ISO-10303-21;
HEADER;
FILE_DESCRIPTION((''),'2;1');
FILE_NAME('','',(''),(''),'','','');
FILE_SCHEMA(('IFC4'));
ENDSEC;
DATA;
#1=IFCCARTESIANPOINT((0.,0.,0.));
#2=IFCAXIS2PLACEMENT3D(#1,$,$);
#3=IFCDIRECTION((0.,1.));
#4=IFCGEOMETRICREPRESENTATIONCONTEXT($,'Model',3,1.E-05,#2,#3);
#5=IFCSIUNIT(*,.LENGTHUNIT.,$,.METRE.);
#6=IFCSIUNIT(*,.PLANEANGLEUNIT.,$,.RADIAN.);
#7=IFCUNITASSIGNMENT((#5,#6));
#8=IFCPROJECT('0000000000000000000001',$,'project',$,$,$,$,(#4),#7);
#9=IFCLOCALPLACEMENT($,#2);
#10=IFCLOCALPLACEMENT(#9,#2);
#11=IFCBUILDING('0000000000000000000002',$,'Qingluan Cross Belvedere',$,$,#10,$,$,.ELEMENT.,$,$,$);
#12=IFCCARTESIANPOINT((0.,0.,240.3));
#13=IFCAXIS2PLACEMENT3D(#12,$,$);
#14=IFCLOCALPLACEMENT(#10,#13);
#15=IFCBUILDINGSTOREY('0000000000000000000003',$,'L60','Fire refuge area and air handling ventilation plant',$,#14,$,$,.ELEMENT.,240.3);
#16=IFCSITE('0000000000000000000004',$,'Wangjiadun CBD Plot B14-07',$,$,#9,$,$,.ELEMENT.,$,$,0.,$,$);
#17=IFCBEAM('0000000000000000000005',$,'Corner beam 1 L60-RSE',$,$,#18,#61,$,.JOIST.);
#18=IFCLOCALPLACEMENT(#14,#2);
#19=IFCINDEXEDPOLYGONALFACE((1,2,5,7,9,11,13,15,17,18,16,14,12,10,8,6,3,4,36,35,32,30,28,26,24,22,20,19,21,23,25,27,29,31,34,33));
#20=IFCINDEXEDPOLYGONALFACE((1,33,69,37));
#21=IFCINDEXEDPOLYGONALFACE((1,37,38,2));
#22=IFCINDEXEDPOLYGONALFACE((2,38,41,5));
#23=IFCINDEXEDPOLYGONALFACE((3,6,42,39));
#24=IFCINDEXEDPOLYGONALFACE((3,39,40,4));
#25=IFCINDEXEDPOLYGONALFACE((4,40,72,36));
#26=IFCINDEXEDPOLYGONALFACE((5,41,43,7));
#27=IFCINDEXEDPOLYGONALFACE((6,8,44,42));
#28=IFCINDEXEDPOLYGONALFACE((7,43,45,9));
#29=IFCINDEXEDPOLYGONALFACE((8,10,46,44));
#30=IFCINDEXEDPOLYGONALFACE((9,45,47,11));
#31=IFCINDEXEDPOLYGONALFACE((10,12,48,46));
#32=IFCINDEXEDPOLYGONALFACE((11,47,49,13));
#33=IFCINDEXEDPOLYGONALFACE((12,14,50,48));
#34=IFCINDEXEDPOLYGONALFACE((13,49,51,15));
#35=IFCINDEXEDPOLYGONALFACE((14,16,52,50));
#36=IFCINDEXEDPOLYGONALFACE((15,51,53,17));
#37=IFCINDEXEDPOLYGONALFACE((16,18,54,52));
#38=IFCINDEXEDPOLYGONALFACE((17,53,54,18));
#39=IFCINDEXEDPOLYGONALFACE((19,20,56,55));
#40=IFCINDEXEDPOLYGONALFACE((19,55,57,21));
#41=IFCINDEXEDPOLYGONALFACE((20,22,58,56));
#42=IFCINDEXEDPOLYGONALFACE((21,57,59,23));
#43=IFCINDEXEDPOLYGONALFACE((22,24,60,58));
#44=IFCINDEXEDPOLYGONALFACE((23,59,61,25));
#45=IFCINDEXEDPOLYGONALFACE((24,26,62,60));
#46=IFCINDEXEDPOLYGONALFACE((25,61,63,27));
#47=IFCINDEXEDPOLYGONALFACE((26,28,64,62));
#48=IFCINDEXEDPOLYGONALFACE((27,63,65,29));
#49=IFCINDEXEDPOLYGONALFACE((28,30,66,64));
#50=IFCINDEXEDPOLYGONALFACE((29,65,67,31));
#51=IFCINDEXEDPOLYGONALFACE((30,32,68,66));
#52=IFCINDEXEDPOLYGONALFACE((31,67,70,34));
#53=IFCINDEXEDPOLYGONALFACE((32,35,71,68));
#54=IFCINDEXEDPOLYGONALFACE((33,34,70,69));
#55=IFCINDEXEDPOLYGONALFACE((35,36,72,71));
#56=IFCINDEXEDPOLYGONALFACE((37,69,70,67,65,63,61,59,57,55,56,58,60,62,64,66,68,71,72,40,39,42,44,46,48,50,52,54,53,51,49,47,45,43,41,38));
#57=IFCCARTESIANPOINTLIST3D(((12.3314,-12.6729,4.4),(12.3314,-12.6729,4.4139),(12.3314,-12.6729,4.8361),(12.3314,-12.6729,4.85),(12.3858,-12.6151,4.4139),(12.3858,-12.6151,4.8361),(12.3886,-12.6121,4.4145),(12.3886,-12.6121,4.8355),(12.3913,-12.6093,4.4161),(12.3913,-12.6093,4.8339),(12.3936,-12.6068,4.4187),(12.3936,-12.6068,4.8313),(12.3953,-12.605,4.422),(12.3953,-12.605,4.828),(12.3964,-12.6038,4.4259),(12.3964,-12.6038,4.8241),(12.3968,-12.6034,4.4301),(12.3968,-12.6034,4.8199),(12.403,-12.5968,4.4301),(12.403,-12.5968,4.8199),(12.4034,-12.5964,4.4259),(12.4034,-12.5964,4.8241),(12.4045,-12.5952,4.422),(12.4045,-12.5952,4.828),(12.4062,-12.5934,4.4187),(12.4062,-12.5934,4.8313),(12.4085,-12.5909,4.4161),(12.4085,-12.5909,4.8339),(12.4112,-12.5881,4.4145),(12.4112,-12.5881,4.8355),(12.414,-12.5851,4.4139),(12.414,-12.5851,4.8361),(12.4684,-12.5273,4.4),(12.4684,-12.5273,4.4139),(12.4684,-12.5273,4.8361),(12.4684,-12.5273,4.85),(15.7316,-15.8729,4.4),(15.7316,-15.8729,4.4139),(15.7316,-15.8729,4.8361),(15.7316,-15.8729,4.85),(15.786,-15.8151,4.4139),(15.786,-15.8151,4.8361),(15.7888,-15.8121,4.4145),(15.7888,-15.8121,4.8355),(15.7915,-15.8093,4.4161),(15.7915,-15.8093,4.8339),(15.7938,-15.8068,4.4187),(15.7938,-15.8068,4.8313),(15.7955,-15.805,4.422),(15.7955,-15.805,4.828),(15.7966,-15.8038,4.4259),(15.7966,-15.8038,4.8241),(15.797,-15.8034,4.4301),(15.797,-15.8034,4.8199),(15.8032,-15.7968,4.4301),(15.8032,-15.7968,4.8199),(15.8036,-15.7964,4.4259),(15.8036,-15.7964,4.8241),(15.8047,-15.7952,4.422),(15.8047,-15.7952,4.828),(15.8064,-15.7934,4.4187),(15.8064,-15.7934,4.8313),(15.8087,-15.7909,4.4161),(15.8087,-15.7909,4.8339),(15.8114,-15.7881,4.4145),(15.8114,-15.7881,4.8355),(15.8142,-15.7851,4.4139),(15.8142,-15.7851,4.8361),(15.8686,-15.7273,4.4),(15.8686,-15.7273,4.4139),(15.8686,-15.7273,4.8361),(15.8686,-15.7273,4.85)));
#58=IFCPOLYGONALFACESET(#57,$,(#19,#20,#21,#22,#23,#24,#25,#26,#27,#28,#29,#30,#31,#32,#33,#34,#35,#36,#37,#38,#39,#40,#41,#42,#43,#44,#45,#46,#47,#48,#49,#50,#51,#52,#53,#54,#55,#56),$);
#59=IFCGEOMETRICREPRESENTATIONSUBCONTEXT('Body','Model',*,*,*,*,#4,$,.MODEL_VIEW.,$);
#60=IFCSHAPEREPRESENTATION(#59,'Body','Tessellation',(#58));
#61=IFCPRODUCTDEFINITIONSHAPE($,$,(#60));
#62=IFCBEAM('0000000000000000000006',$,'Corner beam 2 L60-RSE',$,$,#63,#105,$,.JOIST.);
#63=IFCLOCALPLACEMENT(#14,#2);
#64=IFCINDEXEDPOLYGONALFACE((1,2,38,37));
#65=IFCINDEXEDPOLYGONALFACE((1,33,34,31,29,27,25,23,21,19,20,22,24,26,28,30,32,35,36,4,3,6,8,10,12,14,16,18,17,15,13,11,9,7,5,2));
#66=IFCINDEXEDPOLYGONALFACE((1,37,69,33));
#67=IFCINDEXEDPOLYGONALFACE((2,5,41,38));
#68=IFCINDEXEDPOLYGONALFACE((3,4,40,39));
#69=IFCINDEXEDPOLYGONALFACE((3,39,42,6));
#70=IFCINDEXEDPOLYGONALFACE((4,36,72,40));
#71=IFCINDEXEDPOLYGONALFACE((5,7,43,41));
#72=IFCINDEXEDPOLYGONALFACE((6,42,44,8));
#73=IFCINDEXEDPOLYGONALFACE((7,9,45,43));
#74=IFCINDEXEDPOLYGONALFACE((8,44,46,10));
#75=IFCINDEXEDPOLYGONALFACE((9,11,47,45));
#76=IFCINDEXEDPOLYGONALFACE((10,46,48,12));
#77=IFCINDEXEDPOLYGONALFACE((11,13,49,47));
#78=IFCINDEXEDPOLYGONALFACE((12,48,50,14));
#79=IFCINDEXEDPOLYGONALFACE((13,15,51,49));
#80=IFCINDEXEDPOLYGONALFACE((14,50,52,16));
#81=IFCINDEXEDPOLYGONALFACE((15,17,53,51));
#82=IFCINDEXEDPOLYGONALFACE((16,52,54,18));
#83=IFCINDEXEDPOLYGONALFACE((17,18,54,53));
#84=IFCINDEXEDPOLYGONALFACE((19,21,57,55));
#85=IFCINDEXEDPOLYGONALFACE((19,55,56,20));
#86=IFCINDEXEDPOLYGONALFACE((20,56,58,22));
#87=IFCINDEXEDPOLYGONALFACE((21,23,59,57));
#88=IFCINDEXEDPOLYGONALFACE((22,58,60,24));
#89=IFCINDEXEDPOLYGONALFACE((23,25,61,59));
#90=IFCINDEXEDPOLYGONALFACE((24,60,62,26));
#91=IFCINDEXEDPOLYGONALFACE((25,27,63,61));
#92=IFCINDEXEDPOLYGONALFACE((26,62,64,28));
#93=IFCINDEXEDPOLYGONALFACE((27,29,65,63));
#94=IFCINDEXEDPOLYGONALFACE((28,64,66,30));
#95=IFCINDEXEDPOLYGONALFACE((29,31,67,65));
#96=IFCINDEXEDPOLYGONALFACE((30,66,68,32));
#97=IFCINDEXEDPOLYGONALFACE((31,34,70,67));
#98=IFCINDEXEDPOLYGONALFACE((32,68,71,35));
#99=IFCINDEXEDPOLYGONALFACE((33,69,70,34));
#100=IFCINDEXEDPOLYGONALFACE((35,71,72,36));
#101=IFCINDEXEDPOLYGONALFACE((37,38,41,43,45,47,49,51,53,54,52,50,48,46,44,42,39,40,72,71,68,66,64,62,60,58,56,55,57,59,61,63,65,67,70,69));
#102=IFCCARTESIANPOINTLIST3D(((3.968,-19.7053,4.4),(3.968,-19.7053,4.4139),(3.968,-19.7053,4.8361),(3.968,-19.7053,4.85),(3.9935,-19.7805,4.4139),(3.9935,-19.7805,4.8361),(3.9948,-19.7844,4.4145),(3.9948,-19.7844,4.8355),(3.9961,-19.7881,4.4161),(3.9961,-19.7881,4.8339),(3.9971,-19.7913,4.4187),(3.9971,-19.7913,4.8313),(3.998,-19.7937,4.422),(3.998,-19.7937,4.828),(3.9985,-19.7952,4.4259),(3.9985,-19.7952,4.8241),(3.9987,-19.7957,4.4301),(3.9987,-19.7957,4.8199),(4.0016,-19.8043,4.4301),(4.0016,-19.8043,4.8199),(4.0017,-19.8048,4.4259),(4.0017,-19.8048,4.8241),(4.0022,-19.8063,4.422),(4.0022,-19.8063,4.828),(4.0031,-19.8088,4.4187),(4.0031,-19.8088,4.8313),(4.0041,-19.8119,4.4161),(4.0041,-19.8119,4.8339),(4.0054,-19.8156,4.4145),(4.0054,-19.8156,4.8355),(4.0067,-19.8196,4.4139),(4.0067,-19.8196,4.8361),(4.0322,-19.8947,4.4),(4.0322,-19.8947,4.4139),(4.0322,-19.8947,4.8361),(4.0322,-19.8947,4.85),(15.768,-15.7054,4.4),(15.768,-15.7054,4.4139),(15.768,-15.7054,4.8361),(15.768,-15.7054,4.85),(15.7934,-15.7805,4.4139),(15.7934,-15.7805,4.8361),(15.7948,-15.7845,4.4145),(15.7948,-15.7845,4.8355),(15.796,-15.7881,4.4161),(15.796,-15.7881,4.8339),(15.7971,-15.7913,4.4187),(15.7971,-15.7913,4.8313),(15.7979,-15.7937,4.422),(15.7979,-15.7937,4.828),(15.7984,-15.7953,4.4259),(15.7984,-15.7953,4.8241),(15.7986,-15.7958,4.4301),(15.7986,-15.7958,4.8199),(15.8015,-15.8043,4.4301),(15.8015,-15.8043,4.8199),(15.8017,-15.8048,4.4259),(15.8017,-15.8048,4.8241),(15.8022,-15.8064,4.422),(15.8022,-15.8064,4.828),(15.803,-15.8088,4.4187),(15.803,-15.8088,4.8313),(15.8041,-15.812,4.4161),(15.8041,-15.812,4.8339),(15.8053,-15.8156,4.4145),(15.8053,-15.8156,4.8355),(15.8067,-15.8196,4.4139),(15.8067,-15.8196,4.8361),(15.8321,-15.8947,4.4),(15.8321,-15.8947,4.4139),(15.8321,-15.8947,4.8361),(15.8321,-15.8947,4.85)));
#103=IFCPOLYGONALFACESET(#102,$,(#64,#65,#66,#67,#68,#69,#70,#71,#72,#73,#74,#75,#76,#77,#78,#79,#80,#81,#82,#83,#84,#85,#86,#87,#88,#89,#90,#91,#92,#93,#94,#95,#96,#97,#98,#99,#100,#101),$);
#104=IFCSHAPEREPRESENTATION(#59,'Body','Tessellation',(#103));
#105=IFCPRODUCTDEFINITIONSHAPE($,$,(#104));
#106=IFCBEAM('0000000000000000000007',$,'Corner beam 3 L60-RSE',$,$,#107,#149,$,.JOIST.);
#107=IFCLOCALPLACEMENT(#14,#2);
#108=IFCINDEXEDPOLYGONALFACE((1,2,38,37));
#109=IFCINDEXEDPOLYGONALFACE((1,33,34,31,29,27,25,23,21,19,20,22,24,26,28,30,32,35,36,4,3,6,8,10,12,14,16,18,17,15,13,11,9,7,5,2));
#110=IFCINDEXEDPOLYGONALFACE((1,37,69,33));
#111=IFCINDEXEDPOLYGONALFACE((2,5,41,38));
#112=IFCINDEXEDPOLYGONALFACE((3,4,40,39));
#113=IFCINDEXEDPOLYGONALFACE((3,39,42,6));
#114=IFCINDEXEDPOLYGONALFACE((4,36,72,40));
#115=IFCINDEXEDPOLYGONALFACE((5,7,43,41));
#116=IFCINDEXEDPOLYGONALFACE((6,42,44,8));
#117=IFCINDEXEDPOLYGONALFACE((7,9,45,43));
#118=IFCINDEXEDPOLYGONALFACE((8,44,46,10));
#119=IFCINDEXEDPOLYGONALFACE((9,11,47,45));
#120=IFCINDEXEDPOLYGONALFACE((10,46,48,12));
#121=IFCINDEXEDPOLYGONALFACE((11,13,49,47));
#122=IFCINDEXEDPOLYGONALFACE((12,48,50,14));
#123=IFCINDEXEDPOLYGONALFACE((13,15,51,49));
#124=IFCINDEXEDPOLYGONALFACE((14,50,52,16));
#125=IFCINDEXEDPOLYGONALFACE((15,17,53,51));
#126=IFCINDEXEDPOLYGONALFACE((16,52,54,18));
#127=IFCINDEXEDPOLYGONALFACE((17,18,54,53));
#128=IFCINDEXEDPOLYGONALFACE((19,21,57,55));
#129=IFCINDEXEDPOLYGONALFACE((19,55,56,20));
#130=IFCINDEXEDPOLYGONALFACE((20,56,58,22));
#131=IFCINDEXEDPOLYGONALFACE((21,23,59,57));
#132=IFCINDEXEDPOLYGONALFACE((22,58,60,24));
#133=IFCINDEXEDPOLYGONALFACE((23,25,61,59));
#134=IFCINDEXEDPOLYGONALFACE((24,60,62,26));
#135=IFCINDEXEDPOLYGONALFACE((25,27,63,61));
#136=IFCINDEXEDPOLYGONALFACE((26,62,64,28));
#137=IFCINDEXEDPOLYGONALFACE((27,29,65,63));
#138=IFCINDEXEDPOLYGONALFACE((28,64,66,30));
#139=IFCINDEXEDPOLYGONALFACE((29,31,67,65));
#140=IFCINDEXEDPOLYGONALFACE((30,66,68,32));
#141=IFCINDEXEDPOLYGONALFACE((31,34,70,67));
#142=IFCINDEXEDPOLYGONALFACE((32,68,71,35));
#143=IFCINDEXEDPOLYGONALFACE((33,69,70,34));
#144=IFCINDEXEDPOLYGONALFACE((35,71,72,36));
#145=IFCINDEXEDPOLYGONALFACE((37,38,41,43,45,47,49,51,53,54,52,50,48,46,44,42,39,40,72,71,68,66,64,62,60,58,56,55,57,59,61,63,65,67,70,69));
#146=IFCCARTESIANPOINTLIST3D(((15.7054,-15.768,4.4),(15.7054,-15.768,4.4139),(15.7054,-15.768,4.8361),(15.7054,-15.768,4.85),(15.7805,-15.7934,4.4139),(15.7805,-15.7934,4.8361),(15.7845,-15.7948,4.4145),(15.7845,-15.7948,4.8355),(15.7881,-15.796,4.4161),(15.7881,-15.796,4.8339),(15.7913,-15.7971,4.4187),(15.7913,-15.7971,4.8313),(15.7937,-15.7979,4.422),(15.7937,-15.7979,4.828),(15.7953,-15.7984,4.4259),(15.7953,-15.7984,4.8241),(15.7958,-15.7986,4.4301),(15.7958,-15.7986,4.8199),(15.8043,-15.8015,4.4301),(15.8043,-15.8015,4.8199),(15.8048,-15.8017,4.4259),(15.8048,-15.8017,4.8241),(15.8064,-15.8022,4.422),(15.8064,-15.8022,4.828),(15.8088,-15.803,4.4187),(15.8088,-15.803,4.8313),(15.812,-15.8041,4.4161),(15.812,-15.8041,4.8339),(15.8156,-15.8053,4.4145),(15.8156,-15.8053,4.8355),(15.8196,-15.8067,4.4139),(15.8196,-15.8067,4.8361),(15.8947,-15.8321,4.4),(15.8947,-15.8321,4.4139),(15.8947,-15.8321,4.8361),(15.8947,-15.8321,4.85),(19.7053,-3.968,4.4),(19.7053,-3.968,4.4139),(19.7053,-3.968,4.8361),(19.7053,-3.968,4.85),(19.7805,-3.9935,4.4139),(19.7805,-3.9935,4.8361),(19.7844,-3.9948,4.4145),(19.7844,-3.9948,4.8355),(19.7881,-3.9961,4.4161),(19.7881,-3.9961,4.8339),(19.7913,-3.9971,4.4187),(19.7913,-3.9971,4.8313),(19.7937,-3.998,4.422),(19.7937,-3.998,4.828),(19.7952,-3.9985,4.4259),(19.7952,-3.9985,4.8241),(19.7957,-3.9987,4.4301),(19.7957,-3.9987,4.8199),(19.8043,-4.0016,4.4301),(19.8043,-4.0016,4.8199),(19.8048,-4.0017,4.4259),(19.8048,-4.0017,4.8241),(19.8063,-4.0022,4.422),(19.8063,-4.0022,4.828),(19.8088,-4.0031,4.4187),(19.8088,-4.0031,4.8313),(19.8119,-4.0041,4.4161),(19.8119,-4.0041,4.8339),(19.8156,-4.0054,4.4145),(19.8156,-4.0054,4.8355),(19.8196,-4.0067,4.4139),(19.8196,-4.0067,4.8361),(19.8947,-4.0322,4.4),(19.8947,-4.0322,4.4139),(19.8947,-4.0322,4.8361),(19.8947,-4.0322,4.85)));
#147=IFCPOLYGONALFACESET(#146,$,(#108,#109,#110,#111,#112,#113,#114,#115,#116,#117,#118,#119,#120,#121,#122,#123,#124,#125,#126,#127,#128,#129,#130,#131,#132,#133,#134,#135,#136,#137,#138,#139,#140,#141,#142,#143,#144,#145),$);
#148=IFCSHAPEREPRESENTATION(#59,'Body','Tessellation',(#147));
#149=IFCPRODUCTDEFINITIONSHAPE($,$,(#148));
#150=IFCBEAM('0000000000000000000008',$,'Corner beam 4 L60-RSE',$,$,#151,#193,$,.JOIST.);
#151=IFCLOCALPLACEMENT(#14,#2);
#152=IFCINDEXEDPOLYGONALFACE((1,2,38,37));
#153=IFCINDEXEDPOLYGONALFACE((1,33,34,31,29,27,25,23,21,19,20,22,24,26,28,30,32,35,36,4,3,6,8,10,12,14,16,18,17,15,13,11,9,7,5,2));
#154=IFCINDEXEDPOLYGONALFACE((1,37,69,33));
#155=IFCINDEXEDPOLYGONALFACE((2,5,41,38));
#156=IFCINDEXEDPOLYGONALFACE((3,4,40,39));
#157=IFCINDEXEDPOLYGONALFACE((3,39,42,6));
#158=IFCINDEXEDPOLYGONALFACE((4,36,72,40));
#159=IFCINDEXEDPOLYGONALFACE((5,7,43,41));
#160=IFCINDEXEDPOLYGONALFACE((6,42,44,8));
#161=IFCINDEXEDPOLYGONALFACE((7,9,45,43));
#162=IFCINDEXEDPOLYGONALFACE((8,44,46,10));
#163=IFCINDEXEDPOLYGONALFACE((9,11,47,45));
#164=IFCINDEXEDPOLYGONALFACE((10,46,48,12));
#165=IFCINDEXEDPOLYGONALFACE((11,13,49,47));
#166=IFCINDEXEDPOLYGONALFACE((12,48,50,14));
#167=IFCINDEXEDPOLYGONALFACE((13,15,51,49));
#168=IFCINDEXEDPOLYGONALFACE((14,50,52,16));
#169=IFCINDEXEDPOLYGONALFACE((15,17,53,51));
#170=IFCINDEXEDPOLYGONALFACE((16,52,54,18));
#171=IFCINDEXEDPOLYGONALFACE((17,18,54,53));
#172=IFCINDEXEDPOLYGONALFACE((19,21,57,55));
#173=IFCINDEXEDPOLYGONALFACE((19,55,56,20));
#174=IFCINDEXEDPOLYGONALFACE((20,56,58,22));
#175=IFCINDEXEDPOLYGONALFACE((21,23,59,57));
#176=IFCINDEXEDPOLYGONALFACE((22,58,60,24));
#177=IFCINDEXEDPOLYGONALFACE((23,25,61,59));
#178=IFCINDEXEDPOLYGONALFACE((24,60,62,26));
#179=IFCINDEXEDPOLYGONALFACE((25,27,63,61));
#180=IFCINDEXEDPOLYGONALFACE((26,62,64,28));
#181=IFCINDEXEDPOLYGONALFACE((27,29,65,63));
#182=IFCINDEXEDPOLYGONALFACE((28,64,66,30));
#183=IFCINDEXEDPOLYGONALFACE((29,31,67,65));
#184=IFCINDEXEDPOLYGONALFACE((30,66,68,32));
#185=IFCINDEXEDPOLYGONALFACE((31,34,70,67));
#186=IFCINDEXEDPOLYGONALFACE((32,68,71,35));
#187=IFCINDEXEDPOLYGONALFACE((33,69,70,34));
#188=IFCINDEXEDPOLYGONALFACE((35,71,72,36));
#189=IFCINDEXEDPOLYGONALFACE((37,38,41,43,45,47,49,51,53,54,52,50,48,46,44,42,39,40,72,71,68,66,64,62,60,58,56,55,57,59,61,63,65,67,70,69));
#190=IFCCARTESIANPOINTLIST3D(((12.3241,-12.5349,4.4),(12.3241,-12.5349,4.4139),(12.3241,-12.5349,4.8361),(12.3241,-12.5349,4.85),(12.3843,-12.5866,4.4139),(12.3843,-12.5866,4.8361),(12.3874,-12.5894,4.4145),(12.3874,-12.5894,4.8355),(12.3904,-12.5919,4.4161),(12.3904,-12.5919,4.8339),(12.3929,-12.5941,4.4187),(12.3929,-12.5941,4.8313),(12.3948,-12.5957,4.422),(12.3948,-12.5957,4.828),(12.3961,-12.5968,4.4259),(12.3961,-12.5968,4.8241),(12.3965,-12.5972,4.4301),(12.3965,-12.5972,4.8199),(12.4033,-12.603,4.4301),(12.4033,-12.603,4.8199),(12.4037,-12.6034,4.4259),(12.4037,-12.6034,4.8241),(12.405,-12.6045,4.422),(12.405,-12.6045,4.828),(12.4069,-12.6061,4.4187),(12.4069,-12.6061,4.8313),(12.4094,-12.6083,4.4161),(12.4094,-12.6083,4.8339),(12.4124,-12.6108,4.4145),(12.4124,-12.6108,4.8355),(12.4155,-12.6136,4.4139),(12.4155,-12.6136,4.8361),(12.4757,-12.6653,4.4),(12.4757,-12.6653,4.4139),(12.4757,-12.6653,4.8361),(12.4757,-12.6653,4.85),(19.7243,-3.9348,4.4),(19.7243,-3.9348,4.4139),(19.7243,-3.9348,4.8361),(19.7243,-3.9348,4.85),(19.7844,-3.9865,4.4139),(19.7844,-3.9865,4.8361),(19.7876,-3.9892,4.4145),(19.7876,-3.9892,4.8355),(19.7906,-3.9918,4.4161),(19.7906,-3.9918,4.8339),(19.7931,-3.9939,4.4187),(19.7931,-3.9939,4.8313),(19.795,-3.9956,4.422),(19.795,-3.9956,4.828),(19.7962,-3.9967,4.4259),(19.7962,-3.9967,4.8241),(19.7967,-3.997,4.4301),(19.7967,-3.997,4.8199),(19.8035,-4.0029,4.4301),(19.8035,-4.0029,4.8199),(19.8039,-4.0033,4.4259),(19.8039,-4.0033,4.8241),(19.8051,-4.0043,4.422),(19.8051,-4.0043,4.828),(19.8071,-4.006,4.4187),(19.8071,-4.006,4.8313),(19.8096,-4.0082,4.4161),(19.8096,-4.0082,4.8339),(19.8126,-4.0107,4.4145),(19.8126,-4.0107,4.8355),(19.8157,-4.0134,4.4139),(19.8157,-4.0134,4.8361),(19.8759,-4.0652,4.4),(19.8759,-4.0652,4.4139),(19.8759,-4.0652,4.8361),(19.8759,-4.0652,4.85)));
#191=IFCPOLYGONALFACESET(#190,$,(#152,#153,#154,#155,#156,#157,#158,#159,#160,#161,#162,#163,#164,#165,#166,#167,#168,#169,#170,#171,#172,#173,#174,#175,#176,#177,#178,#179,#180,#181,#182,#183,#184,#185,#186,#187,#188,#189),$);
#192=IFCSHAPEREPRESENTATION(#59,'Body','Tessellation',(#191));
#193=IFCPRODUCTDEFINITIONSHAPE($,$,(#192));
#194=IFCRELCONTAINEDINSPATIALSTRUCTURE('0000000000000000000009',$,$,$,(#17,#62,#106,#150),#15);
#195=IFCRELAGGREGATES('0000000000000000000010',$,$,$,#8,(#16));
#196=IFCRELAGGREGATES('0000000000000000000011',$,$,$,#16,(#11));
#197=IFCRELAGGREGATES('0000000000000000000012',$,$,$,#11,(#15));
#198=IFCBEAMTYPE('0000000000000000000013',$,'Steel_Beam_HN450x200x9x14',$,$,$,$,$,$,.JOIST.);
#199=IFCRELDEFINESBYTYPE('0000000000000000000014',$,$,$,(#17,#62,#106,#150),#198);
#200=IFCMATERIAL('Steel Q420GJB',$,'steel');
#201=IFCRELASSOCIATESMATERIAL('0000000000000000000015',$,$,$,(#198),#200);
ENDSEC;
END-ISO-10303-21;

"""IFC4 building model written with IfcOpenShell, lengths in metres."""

from ifc_helpers import new_model, si_unit, direction, frame, origin, origin_2d, place, context, subcontext, project, spatial, i_section, extrude, material, material_profile, profile_set, type_object, element, save


model = new_model("IFC4")

# Units and contexts
model_context = context("Model", 3, precision=1e-05, world=origin(), true_north=direction((0.0, 1.0)))
body_context = subcontext(model_context, "Body", "Model", "MODEL_VIEW")
ifc_project = project(units=[si_unit("LENGTHUNIT", "METRE"), si_unit("PLANEANGLEUNIT", "RADIAN")], contexts=[model_context])

# Site, building, storey
site_placement = place(None, origin())
site = spatial("IfcSite", under=ifc_project, at=site_placement, Name="Wangjiadun CBD Plot B14-07", CompositionType="ELEMENT", RefElevation=0.0)
building_placement = place(site_placement, origin())
building = spatial("IfcBuilding", under=site, at=building_placement, Name="Qingluan Cross Belvedere", CompositionType="ELEMENT")
storey_placement = place(building_placement, frame((0.0, 0.0, 240.3)))
storey = spatial("IfcBuildingStorey", under=building, at=storey_placement, Name="L60", Description="Fire refuge area and air handling ventilation plant", CompositionType="ELEMENT", Elevation=240.3)

# Beams
ifc_material_1 = material(Name="Steel Q420GJB", Category="steel")
ifc_material_profile_1 = material_profile(ifc_material_1, i_section(OverallWidth=0.2, OverallDepth=0.45, WebThickness=0.009, FlangeThickness=0.0139, FilletRadius=0.0161, at=origin_2d()), Name="HN450x200x9x14")
ifc_profile_set_1 = profile_set([ifc_material_profile_1], Name="Steel Q420GJB")
beam_type_1 = type_object("IfcBeamType", Name="Steel_Beam_HN450x200x9x14", PredefinedType="JOIST", material=ifc_profile_set_1)
beam_1_placement = place(storey_placement, frame((12.3999, -12.6001, 4.625), z_axis=(0.72822, -0.685343, 0.0), x_axis=(0.685343, 0.72822, 0.0)))
element("IfcBeam", 1, at=beam_1_placement, inside=storey, type_object=beam_type_1, Name="Corner beam 1 L60-RSE", PredefinedType="JOIST", context=body_context, shape_type="SweptSolid", body=[
    extrude(i_section(OverallWidth=0.2, OverallDepth=0.45, WebThickness=0.009, FlangeThickness=0.0139, FilletRadius=0.0161, at=origin_2d()), origin(), (0.0, 0.0, 1.0), 4.6692),
])
for number, where, z_axis, x_axis, name in (
    (2, (15.8, -15.8, 4.625), (-0.947066, -0.321038, 0.0), (0.321038, -0.947066, 0.0), "Corner beam 2 L60-RSE"),
    (3, (15.8, -15.8, 4.625), (0.321038, 0.947066, 0.0), (-0.947066, 0.321038, 0.0), "Corner beam 3 L60-RSE"),
):
    element("IfcBeam", number, at=place(storey_placement, frame(where, z_axis=z_axis, x_axis=x_axis)), inside=storey, type_object=beam_type_1, Name=name, PredefinedType="JOIST", context=body_context, shape_type="SweptSolid", body=[
        extrude(i_section(OverallWidth=0.2, OverallDepth=0.45, WebThickness=0.009, FlangeThickness=0.0139, FilletRadius=0.0161, at=origin_2d()), origin(), (0.0, 0.0, 1.0), 12.4595),
    ])
beam_2_placement = place(storey_placement, frame((12.3999, -12.6001, 4.625), z_axis=(0.652245, 0.758008, 0.0), x_axis=(-0.758008, 0.652245, 0.0)))
element("IfcBeam", 4, at=beam_2_placement, inside=storey, type_object=beam_type_1, Name="Corner beam 4 L60-RSE", PredefinedType="JOIST", context=body_context, shape_type="SweptSolid", body=[
    extrude(i_section(OverallWidth=0.2, OverallDepth=0.45, WebThickness=0.009, FlangeThickness=0.0139, FilletRadius=0.0161, at=origin_2d()), origin(), (0.0, 0.0, 1.0), 11.3457),
])

save(model, "model.ifc")
